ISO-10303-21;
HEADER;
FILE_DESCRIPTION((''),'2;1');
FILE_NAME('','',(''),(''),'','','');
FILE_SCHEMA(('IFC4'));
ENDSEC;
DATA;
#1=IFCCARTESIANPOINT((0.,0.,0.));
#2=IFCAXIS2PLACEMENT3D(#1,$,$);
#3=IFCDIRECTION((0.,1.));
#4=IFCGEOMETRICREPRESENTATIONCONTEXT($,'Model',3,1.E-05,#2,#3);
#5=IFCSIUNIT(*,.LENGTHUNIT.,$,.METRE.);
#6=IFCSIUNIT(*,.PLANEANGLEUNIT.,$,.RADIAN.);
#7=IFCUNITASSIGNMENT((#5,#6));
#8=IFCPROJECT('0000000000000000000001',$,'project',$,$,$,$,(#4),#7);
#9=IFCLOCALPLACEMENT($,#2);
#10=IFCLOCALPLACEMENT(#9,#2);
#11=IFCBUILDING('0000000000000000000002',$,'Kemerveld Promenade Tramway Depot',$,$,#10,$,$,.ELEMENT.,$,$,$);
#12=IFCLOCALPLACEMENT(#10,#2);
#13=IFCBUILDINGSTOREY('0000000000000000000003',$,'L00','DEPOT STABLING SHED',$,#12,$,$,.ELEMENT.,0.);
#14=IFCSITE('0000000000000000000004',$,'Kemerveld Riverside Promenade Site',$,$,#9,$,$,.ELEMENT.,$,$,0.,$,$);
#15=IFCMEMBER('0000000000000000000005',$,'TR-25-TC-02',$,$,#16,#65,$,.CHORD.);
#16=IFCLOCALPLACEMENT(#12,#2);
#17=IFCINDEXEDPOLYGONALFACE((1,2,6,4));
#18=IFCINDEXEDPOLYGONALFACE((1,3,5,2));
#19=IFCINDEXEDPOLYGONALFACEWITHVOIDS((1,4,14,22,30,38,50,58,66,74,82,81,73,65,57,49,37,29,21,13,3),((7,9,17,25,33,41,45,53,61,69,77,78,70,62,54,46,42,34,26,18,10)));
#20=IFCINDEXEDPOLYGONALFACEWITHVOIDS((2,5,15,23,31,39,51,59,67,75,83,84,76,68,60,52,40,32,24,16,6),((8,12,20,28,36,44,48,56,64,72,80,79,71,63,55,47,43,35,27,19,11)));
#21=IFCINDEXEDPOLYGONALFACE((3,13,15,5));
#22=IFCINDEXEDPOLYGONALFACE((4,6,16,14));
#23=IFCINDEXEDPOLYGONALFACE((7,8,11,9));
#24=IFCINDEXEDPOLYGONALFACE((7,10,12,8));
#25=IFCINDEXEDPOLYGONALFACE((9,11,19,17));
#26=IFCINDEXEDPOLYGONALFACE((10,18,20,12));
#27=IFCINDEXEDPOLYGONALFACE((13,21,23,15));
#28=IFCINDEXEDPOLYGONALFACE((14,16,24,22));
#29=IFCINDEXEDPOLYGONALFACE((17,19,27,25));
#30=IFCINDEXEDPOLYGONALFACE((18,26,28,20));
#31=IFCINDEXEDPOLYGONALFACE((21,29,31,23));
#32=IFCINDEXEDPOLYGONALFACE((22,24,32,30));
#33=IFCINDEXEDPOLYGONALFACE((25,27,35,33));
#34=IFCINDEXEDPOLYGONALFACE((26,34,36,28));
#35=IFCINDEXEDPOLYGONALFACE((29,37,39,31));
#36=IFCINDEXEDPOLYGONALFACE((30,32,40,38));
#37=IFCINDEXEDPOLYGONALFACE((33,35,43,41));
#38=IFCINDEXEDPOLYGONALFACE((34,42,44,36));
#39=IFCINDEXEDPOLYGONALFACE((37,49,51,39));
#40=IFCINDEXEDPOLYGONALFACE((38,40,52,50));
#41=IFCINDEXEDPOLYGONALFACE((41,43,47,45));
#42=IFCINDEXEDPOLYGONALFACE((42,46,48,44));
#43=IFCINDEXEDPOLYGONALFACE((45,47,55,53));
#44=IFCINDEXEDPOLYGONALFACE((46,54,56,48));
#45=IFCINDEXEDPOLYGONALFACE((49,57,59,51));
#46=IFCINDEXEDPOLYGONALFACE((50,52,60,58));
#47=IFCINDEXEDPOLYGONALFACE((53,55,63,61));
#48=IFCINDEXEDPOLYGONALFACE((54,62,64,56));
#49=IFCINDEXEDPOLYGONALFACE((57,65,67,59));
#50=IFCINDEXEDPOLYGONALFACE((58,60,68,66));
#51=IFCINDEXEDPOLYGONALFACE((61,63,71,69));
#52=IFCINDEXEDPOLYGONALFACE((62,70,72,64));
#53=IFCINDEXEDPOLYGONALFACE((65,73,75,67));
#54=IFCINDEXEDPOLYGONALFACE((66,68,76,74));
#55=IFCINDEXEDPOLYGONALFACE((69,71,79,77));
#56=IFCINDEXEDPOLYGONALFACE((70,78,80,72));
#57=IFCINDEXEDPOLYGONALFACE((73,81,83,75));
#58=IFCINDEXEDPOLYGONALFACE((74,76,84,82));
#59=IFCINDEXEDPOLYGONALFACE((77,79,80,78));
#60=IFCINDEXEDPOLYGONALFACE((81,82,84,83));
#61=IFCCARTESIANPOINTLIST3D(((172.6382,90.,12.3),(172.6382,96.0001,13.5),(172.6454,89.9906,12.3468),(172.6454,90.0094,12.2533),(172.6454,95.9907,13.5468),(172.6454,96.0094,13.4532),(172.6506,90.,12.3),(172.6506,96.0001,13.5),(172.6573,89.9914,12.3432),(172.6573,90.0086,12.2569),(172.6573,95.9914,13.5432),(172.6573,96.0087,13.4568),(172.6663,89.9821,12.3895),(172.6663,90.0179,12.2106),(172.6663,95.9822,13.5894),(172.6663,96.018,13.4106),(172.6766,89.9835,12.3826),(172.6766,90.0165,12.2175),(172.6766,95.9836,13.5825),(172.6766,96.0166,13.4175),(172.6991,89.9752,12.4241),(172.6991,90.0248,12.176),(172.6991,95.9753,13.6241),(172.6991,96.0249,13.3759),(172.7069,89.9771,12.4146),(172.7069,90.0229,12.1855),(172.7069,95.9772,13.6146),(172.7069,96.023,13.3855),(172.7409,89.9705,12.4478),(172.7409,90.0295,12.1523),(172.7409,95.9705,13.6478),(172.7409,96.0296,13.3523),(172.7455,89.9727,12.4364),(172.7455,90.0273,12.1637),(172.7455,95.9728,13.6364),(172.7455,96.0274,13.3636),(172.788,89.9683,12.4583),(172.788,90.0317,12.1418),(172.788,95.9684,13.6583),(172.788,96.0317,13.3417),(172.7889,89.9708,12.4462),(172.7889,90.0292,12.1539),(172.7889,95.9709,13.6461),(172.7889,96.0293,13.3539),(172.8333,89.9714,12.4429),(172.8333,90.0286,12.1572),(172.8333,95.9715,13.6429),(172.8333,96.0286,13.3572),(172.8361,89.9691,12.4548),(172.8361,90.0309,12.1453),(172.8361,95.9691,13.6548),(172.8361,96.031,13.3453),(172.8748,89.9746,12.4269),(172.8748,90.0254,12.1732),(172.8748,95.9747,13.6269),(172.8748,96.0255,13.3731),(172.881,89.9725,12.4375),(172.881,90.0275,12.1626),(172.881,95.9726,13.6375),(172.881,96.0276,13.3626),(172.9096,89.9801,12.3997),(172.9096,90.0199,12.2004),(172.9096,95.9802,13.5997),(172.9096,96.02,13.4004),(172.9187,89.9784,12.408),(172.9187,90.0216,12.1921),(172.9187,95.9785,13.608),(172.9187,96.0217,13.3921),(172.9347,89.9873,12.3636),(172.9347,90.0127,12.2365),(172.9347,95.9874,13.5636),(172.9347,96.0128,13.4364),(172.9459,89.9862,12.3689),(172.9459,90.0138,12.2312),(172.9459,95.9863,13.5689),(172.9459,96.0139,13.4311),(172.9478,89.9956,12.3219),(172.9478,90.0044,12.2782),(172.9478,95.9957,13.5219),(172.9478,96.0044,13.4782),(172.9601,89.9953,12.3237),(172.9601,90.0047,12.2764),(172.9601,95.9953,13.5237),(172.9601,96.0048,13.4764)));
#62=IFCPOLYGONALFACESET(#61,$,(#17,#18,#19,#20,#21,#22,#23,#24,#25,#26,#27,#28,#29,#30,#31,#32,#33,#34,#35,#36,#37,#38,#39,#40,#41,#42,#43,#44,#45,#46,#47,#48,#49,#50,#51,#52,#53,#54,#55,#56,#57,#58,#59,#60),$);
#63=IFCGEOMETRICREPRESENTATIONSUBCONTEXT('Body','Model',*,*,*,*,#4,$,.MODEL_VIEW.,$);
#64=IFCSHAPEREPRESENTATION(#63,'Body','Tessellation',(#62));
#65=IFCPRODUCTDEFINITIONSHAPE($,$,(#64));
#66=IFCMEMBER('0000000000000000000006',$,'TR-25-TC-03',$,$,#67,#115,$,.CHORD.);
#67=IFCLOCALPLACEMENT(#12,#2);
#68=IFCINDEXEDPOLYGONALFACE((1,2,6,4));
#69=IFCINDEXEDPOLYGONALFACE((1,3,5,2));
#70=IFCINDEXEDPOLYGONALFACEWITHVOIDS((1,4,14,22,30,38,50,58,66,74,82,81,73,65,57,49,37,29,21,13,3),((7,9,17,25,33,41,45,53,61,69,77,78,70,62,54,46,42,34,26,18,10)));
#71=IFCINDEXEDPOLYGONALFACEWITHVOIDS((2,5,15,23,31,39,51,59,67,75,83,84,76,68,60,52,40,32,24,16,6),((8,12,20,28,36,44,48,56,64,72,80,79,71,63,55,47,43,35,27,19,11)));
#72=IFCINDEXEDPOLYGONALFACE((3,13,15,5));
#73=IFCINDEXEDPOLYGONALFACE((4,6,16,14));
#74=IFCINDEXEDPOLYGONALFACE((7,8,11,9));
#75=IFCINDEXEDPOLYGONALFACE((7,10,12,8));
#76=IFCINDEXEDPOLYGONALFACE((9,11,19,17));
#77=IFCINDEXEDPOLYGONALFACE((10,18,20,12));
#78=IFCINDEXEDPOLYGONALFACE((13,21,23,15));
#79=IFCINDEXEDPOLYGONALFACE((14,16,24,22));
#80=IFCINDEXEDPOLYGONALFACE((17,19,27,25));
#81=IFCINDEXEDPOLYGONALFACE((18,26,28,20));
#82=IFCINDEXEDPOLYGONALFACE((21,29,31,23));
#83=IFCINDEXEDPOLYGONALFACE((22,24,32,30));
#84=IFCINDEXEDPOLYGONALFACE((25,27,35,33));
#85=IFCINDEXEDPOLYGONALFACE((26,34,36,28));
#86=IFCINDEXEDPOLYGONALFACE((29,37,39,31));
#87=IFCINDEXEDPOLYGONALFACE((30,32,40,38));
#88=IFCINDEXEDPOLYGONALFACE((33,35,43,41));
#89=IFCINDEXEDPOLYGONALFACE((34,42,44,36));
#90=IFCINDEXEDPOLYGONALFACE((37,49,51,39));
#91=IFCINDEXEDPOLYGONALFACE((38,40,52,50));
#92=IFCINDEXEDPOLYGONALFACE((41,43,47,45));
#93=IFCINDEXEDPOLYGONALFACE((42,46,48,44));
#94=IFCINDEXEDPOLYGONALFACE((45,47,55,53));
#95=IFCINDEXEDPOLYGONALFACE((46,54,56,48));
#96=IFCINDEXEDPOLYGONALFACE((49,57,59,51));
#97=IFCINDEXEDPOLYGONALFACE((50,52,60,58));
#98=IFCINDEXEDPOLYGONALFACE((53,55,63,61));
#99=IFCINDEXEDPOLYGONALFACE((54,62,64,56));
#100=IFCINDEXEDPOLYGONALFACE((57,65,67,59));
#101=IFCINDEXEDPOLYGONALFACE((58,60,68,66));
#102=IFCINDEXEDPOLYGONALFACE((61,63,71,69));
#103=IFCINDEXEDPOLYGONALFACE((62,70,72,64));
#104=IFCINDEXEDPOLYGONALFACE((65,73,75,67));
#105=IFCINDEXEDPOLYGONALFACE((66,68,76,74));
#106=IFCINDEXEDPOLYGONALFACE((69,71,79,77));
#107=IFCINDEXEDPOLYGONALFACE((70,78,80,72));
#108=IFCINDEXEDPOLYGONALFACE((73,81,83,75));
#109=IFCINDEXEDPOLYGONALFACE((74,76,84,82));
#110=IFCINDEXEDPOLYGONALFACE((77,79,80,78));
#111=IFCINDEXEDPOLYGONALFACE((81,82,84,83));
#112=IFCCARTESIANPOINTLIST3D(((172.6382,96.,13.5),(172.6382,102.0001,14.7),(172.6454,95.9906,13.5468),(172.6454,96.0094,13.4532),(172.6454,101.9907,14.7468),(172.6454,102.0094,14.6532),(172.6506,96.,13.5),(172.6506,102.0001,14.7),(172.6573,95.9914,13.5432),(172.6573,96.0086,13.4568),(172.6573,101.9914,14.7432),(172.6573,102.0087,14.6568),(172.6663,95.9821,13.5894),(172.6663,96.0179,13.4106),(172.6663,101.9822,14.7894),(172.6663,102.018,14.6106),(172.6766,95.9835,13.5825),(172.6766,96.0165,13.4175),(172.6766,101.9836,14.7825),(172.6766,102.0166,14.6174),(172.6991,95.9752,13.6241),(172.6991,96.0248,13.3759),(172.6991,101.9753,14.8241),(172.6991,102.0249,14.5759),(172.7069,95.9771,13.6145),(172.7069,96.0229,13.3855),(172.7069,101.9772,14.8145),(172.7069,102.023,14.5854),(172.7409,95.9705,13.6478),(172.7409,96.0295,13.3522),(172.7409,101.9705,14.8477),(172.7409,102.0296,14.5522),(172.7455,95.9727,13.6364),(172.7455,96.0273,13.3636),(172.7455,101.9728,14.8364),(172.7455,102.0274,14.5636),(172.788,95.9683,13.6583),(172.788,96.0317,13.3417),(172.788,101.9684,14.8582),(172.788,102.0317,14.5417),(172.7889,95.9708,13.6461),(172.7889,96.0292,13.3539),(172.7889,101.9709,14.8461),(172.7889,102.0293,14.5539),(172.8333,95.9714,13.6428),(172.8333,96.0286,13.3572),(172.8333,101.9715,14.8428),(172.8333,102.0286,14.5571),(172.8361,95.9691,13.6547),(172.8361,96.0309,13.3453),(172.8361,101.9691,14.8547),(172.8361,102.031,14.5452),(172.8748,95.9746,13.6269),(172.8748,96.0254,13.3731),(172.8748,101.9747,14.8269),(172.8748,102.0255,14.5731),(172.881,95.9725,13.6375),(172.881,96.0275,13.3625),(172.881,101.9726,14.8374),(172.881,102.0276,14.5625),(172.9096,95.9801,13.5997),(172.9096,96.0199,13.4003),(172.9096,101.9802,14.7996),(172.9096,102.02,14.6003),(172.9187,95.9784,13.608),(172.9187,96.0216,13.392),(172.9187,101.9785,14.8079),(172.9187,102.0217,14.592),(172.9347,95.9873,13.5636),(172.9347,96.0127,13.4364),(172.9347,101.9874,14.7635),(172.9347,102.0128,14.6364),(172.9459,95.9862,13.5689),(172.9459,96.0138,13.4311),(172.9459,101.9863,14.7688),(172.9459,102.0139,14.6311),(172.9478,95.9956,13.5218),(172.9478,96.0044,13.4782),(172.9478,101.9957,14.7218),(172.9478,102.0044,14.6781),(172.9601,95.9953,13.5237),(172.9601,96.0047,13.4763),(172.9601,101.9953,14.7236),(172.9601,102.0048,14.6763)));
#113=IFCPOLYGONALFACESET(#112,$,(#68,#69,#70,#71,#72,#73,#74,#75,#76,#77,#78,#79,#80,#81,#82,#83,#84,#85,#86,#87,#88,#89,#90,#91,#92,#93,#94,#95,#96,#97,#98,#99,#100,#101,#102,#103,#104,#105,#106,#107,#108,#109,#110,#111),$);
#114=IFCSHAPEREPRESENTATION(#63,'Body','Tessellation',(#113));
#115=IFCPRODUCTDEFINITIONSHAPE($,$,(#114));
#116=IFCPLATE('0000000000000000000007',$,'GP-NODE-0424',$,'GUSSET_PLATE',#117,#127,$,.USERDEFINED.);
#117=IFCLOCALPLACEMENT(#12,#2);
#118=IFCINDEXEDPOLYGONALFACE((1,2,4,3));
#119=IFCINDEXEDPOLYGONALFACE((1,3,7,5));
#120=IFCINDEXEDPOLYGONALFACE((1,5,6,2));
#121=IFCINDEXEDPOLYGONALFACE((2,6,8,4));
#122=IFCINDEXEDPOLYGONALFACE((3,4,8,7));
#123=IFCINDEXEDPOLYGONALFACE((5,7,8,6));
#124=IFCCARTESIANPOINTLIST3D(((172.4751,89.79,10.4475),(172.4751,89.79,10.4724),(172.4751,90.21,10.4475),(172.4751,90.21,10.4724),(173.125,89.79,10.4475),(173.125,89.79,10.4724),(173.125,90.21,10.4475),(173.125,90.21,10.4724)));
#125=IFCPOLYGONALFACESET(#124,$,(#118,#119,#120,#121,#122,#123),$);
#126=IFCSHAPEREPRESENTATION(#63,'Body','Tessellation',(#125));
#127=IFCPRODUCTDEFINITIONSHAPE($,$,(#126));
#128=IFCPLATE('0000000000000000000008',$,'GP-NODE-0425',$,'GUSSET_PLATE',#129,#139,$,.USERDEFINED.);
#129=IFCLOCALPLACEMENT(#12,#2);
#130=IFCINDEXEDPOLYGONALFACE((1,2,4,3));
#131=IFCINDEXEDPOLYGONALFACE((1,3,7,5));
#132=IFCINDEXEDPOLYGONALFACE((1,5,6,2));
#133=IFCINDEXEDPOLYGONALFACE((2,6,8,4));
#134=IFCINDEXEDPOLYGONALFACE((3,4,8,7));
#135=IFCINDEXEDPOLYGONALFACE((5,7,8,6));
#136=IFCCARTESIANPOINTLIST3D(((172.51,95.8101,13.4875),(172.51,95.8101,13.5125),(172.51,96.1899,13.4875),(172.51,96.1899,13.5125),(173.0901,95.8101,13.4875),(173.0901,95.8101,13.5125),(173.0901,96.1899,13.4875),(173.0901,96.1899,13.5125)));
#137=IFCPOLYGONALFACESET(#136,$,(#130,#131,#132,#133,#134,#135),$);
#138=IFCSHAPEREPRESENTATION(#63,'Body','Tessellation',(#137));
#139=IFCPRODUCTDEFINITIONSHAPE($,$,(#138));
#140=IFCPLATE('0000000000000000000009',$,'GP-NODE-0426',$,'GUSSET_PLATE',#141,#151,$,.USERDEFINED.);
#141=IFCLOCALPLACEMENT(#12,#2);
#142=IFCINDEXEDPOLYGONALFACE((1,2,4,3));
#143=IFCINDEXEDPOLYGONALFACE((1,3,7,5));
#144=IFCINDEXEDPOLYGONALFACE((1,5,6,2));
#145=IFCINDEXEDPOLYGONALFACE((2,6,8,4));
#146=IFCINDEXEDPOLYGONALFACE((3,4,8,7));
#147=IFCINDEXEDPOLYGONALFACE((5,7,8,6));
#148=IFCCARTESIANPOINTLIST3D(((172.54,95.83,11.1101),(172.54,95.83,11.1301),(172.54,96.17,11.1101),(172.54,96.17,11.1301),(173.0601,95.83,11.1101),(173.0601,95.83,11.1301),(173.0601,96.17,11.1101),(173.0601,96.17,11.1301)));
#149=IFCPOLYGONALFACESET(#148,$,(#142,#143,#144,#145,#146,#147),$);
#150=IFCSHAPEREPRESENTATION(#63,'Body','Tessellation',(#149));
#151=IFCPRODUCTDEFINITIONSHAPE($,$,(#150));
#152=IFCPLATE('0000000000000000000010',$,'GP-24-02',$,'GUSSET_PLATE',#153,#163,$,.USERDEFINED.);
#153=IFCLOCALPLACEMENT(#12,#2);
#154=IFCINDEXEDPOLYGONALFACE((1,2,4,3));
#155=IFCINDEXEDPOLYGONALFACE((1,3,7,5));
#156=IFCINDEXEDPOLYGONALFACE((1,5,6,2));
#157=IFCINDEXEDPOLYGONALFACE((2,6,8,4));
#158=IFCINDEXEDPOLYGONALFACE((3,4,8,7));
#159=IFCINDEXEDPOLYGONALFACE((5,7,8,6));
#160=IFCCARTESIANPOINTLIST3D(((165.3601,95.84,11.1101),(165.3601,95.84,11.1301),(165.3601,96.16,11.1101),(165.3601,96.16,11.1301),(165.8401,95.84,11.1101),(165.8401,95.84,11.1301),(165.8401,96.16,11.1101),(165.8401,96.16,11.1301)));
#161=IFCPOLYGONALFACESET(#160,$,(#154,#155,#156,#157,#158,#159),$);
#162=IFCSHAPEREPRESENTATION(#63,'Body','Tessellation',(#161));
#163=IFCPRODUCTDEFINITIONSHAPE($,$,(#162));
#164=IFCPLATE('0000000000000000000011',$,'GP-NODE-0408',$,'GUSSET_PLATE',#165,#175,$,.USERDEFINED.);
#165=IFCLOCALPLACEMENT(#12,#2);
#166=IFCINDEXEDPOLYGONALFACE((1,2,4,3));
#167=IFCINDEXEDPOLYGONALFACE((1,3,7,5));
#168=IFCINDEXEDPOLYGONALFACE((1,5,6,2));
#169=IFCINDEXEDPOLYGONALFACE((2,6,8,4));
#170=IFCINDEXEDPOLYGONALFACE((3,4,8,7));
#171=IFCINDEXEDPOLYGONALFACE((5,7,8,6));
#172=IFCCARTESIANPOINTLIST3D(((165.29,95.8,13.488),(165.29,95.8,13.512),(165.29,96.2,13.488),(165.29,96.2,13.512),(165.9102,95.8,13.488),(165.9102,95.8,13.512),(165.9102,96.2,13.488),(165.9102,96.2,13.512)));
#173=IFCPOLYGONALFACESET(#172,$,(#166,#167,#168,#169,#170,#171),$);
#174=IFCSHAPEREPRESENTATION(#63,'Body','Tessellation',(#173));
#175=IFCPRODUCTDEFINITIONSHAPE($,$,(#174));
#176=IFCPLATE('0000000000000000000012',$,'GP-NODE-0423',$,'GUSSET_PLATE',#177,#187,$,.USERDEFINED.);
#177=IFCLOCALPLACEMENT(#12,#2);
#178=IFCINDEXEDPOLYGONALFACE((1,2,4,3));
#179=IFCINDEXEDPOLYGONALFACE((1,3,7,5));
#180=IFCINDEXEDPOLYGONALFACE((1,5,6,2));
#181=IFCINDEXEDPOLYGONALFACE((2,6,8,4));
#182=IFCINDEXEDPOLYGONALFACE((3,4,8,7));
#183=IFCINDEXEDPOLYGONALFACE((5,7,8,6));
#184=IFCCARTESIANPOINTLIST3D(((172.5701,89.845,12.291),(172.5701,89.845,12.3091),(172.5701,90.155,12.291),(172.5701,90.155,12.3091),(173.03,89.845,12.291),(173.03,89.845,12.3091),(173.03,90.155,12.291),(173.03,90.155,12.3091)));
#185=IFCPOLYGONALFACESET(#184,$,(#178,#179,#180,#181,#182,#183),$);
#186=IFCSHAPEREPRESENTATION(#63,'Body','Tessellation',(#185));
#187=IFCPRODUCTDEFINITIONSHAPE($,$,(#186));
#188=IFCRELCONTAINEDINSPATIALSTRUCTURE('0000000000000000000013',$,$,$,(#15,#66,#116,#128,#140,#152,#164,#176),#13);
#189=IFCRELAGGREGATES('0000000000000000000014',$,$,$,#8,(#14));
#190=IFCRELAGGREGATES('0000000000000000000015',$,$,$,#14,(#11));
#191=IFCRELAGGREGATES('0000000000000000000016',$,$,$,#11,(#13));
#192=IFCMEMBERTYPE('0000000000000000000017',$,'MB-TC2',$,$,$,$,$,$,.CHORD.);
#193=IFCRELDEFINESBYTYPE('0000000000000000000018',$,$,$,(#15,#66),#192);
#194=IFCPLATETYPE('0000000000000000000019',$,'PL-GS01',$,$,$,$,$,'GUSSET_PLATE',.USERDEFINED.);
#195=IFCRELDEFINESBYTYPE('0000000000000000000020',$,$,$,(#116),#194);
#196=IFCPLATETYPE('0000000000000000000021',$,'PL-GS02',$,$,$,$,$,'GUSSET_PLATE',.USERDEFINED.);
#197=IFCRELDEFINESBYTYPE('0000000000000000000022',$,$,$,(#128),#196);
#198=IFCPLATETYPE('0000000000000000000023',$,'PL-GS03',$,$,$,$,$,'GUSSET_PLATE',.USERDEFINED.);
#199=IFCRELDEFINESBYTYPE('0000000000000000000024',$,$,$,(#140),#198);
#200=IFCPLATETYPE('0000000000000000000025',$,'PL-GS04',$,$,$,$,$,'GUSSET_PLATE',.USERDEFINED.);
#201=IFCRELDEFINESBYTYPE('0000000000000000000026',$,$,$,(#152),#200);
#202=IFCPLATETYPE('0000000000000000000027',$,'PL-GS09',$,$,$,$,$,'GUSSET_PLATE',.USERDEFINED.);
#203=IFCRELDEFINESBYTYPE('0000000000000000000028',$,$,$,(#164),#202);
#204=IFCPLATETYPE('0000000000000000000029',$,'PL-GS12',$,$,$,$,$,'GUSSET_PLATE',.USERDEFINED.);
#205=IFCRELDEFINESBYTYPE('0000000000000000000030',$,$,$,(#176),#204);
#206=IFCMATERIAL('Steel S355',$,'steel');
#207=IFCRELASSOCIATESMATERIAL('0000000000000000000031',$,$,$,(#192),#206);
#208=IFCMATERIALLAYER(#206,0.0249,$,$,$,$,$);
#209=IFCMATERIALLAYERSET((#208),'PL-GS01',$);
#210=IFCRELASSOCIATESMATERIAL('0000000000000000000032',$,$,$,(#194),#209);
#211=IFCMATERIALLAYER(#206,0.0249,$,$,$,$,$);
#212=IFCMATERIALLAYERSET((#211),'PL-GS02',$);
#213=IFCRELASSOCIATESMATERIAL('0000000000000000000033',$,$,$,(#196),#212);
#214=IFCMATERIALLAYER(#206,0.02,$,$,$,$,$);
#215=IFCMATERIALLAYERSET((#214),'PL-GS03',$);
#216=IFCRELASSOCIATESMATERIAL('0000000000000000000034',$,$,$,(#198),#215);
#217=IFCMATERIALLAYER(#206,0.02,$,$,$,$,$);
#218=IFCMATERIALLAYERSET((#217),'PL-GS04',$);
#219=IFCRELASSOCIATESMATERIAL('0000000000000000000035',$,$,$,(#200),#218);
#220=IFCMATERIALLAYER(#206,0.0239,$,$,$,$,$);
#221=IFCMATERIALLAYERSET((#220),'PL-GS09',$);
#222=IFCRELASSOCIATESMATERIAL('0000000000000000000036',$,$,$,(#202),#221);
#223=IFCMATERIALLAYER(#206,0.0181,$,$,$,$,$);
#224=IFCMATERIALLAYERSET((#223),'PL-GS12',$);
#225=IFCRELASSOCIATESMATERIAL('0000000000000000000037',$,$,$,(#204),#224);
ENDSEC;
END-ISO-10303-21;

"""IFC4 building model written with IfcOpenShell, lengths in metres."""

from ifc_helpers import new_model, si_unit, direction, frame, origin, origin_2d, place, context, subcontext, project, spatial, rectangle, hollow_circle, extrude, material, layer, layer_set, material_profile, profile_set, type_object, element, save


model = new_model("IFC4")

# Units and contexts
model_context = context("Model", 3, precision=1e-05, world=origin(), true_north=direction((0.0, 1.0)))
body_context = subcontext(model_context, "Body", "Model", "MODEL_VIEW")
ifc_project = project(units=[si_unit("LENGTHUNIT", "METRE"), si_unit("PLANEANGLEUNIT", "RADIAN")], contexts=[model_context])

# Site, building, storey
site_placement = place(None, origin())
site = spatial("IfcSite", under=ifc_project, at=site_placement, Name="Kemerveld Riverside Promenade Site", CompositionType="ELEMENT", RefElevation=0.0)
building_placement = place(site_placement, origin())
building = spatial("IfcBuilding", under=site, at=building_placement, Name="Kemerveld Promenade Tramway Depot", CompositionType="ELEMENT")
storey_placement = place(building_placement, origin())
storey = spatial("IfcBuildingStorey", under=building, at=storey_placement, Name="L00", Description="DEPOT STABLING SHED", CompositionType="ELEMENT", Elevation=0.0)

# Members
ifc_material_1 = material(Name="Steel S355", Category="steel")
ifc_material_profile_1 = material_profile(ifc_material_1, hollow_circle(Radius=0.1619, WallThickness=0.0125, at=origin_2d()), Name="323.9x12.5 CHS")
ifc_profile_set_1 = profile_set([ifc_material_profile_1], Name="Steel S355")
member_type_1 = type_object("IfcMemberType", Name="MB-TC2", PredefinedType="CHORD", material=ifc_profile_set_1)
for number, where, z_axis, x_axis, name in (
    (1, (172.8, 90.0, 12.3), (0.0, 0.980582, 0.196108), (-1.0, 0.0, 0.0), "TR-25-TC-02"),
    (2, (172.8, 96.0, 13.5), (0.0, 0.980582, 0.196108), (-1.0, 0.0, 0.0), "TR-25-TC-03"),
):
    element("IfcMember", number, at=place(storey_placement, frame(where, z_axis=z_axis, x_axis=x_axis)), inside=storey, type_object=member_type_1, Name=name, PredefinedType="CHORD", context=body_context, shape_type="SweptSolid", body=[
        extrude(hollow_circle(Radius=0.1619, WallThickness=0.0125, at=origin_2d()), origin(), (0.0, 0.0, 1.0), 6.1189),
    ])

# Plates
ifc_layer_1 = layer(ifc_material_1, 0.0249)
ifc_layer_set_1 = layer_set([ifc_layer_1], Name="PL-GS01")
plate_type_1 = type_object("IfcPlateType", Name="PL-GS01", ElementType="GUSSET_PLATE", PredefinedType="USERDEFINED", material=ifc_layer_set_1)
plate_1_placement = place(storey_placement, frame((172.8, 90.0, 10.4475), z_axis=(0.0, 0.0, 1.0), x_axis=(1.0, 0.0, 0.0)))
element("IfcPlate", 3, at=plate_1_placement, inside=storey, type_object=plate_type_1, Name="GP-NODE-0424", ObjectType="GUSSET_PLATE", PredefinedType="USERDEFINED", context=body_context, shape_type="SweptSolid", body=[
    extrude(rectangle(XDim=0.6499, YDim=0.4199, at=origin_2d()), origin(), (0.0, 0.0, 1.0), 0.0249),
])
ifc_layer_2 = layer(ifc_material_1, 0.0249)
ifc_layer_set_2 = layer_set([ifc_layer_2], Name="PL-GS02")
plate_type_2 = type_object("IfcPlateType", Name="PL-GS02", ElementType="GUSSET_PLATE", PredefinedType="USERDEFINED", material=ifc_layer_set_2)
plate_2_placement = place(storey_placement, frame((172.8, 96.0, 13.4875), z_axis=(0.0, 0.0, 1.0), x_axis=(1.0, 0.0, 0.0)))
element("IfcPlate", 4, at=plate_2_placement, inside=storey, type_object=plate_type_2, Name="GP-NODE-0425", ObjectType="GUSSET_PLATE", PredefinedType="USERDEFINED", context=body_context, shape_type="SweptSolid", body=[
    extrude(rectangle(XDim=0.5801, YDim=0.3799, at=origin_2d()), origin(), (0.0, 0.0, 1.0), 0.0249),
])
ifc_layer_3 = layer(ifc_material_1, 0.02)
ifc_layer_set_3 = layer_set([ifc_layer_3], Name="PL-GS03")
plate_type_3 = type_object("IfcPlateType", Name="PL-GS03", ElementType="GUSSET_PLATE", PredefinedType="USERDEFINED", material=ifc_layer_set_3)
plate_3_placement = place(storey_placement, frame((172.8, 96.0, 11.1101), z_axis=(0.0, 0.0, 1.0), x_axis=(1.0, 0.0, 0.0)))
element("IfcPlate", 5, at=plate_3_placement, inside=storey, type_object=plate_type_3, Name="GP-NODE-0426", ObjectType="GUSSET_PLATE", PredefinedType="USERDEFINED", context=body_context, shape_type="SweptSolid", body=[
    extrude(rectangle(XDim=0.52, YDim=0.3401, at=origin_2d()), origin(), (0.0, 0.0, 1.0), 0.02),
])
ifc_layer_4 = layer(ifc_material_1, 0.02)
ifc_layer_set_4 = layer_set([ifc_layer_4], Name="PL-GS04")
plate_type_4 = type_object("IfcPlateType", Name="PL-GS04", ElementType="GUSSET_PLATE", PredefinedType="USERDEFINED", material=ifc_layer_set_4)
plate_4_placement = place(storey_placement, frame((165.6001, 96.0, 11.1101), z_axis=(0.0, 0.0, 1.0), x_axis=(1.0, 0.0, 0.0)))
element("IfcPlate", 6, at=plate_4_placement, inside=storey, type_object=plate_type_4, Name="GP-24-02", ObjectType="GUSSET_PLATE", PredefinedType="USERDEFINED", context=body_context, shape_type="SweptSolid", body=[
    extrude(rectangle(XDim=0.48, YDim=0.3201, at=origin_2d()), origin(), (0.0, 0.0, 1.0), 0.02),
])
ifc_layer_5 = layer(ifc_material_1, 0.0239)
ifc_layer_set_5 = layer_set([ifc_layer_5], Name="PL-GS09")
plate_type_5 = type_object("IfcPlateType", Name="PL-GS09", ElementType="GUSSET_PLATE", PredefinedType="USERDEFINED", material=ifc_layer_set_5)
plate_5_placement = place(storey_placement, frame((165.6001, 96.0, 13.488), z_axis=(0.0, 0.0, 1.0), x_axis=(1.0, 0.0, 0.0)))
element("IfcPlate", 7, at=plate_5_placement, inside=storey, type_object=plate_type_5, Name="GP-NODE-0408", ObjectType="GUSSET_PLATE", PredefinedType="USERDEFINED", context=body_context, shape_type="SweptSolid", body=[
    extrude(rectangle(XDim=0.6201, YDim=0.3999, at=origin_2d()), origin(), (0.0, 0.0, 1.0), 0.0239),
])
ifc_layer_6 = layer(ifc_material_1, 0.0181)
ifc_layer_set_6 = layer_set([ifc_layer_6], Name="PL-GS12")
plate_type_6 = type_object("IfcPlateType", Name="PL-GS12", ElementType="GUSSET_PLATE", PredefinedType="USERDEFINED", material=ifc_layer_set_6)
plate_6_placement = place(storey_placement, frame((172.8, 90.0, 12.291), z_axis=(0.0, 0.0, 1.0), x_axis=(1.0, 0.0, 0.0)))
element("IfcPlate", 8, at=plate_6_placement, inside=storey, type_object=plate_type_6, Name="GP-NODE-0423", ObjectType="GUSSET_PLATE", PredefinedType="USERDEFINED", context=body_context, shape_type="SweptSolid", body=[
    extrude(rectangle(XDim=0.46, YDim=0.3101, at=origin_2d()), origin(), (0.0, 0.0, 1.0), 0.0181),
])

save(model, "model.ifc")
